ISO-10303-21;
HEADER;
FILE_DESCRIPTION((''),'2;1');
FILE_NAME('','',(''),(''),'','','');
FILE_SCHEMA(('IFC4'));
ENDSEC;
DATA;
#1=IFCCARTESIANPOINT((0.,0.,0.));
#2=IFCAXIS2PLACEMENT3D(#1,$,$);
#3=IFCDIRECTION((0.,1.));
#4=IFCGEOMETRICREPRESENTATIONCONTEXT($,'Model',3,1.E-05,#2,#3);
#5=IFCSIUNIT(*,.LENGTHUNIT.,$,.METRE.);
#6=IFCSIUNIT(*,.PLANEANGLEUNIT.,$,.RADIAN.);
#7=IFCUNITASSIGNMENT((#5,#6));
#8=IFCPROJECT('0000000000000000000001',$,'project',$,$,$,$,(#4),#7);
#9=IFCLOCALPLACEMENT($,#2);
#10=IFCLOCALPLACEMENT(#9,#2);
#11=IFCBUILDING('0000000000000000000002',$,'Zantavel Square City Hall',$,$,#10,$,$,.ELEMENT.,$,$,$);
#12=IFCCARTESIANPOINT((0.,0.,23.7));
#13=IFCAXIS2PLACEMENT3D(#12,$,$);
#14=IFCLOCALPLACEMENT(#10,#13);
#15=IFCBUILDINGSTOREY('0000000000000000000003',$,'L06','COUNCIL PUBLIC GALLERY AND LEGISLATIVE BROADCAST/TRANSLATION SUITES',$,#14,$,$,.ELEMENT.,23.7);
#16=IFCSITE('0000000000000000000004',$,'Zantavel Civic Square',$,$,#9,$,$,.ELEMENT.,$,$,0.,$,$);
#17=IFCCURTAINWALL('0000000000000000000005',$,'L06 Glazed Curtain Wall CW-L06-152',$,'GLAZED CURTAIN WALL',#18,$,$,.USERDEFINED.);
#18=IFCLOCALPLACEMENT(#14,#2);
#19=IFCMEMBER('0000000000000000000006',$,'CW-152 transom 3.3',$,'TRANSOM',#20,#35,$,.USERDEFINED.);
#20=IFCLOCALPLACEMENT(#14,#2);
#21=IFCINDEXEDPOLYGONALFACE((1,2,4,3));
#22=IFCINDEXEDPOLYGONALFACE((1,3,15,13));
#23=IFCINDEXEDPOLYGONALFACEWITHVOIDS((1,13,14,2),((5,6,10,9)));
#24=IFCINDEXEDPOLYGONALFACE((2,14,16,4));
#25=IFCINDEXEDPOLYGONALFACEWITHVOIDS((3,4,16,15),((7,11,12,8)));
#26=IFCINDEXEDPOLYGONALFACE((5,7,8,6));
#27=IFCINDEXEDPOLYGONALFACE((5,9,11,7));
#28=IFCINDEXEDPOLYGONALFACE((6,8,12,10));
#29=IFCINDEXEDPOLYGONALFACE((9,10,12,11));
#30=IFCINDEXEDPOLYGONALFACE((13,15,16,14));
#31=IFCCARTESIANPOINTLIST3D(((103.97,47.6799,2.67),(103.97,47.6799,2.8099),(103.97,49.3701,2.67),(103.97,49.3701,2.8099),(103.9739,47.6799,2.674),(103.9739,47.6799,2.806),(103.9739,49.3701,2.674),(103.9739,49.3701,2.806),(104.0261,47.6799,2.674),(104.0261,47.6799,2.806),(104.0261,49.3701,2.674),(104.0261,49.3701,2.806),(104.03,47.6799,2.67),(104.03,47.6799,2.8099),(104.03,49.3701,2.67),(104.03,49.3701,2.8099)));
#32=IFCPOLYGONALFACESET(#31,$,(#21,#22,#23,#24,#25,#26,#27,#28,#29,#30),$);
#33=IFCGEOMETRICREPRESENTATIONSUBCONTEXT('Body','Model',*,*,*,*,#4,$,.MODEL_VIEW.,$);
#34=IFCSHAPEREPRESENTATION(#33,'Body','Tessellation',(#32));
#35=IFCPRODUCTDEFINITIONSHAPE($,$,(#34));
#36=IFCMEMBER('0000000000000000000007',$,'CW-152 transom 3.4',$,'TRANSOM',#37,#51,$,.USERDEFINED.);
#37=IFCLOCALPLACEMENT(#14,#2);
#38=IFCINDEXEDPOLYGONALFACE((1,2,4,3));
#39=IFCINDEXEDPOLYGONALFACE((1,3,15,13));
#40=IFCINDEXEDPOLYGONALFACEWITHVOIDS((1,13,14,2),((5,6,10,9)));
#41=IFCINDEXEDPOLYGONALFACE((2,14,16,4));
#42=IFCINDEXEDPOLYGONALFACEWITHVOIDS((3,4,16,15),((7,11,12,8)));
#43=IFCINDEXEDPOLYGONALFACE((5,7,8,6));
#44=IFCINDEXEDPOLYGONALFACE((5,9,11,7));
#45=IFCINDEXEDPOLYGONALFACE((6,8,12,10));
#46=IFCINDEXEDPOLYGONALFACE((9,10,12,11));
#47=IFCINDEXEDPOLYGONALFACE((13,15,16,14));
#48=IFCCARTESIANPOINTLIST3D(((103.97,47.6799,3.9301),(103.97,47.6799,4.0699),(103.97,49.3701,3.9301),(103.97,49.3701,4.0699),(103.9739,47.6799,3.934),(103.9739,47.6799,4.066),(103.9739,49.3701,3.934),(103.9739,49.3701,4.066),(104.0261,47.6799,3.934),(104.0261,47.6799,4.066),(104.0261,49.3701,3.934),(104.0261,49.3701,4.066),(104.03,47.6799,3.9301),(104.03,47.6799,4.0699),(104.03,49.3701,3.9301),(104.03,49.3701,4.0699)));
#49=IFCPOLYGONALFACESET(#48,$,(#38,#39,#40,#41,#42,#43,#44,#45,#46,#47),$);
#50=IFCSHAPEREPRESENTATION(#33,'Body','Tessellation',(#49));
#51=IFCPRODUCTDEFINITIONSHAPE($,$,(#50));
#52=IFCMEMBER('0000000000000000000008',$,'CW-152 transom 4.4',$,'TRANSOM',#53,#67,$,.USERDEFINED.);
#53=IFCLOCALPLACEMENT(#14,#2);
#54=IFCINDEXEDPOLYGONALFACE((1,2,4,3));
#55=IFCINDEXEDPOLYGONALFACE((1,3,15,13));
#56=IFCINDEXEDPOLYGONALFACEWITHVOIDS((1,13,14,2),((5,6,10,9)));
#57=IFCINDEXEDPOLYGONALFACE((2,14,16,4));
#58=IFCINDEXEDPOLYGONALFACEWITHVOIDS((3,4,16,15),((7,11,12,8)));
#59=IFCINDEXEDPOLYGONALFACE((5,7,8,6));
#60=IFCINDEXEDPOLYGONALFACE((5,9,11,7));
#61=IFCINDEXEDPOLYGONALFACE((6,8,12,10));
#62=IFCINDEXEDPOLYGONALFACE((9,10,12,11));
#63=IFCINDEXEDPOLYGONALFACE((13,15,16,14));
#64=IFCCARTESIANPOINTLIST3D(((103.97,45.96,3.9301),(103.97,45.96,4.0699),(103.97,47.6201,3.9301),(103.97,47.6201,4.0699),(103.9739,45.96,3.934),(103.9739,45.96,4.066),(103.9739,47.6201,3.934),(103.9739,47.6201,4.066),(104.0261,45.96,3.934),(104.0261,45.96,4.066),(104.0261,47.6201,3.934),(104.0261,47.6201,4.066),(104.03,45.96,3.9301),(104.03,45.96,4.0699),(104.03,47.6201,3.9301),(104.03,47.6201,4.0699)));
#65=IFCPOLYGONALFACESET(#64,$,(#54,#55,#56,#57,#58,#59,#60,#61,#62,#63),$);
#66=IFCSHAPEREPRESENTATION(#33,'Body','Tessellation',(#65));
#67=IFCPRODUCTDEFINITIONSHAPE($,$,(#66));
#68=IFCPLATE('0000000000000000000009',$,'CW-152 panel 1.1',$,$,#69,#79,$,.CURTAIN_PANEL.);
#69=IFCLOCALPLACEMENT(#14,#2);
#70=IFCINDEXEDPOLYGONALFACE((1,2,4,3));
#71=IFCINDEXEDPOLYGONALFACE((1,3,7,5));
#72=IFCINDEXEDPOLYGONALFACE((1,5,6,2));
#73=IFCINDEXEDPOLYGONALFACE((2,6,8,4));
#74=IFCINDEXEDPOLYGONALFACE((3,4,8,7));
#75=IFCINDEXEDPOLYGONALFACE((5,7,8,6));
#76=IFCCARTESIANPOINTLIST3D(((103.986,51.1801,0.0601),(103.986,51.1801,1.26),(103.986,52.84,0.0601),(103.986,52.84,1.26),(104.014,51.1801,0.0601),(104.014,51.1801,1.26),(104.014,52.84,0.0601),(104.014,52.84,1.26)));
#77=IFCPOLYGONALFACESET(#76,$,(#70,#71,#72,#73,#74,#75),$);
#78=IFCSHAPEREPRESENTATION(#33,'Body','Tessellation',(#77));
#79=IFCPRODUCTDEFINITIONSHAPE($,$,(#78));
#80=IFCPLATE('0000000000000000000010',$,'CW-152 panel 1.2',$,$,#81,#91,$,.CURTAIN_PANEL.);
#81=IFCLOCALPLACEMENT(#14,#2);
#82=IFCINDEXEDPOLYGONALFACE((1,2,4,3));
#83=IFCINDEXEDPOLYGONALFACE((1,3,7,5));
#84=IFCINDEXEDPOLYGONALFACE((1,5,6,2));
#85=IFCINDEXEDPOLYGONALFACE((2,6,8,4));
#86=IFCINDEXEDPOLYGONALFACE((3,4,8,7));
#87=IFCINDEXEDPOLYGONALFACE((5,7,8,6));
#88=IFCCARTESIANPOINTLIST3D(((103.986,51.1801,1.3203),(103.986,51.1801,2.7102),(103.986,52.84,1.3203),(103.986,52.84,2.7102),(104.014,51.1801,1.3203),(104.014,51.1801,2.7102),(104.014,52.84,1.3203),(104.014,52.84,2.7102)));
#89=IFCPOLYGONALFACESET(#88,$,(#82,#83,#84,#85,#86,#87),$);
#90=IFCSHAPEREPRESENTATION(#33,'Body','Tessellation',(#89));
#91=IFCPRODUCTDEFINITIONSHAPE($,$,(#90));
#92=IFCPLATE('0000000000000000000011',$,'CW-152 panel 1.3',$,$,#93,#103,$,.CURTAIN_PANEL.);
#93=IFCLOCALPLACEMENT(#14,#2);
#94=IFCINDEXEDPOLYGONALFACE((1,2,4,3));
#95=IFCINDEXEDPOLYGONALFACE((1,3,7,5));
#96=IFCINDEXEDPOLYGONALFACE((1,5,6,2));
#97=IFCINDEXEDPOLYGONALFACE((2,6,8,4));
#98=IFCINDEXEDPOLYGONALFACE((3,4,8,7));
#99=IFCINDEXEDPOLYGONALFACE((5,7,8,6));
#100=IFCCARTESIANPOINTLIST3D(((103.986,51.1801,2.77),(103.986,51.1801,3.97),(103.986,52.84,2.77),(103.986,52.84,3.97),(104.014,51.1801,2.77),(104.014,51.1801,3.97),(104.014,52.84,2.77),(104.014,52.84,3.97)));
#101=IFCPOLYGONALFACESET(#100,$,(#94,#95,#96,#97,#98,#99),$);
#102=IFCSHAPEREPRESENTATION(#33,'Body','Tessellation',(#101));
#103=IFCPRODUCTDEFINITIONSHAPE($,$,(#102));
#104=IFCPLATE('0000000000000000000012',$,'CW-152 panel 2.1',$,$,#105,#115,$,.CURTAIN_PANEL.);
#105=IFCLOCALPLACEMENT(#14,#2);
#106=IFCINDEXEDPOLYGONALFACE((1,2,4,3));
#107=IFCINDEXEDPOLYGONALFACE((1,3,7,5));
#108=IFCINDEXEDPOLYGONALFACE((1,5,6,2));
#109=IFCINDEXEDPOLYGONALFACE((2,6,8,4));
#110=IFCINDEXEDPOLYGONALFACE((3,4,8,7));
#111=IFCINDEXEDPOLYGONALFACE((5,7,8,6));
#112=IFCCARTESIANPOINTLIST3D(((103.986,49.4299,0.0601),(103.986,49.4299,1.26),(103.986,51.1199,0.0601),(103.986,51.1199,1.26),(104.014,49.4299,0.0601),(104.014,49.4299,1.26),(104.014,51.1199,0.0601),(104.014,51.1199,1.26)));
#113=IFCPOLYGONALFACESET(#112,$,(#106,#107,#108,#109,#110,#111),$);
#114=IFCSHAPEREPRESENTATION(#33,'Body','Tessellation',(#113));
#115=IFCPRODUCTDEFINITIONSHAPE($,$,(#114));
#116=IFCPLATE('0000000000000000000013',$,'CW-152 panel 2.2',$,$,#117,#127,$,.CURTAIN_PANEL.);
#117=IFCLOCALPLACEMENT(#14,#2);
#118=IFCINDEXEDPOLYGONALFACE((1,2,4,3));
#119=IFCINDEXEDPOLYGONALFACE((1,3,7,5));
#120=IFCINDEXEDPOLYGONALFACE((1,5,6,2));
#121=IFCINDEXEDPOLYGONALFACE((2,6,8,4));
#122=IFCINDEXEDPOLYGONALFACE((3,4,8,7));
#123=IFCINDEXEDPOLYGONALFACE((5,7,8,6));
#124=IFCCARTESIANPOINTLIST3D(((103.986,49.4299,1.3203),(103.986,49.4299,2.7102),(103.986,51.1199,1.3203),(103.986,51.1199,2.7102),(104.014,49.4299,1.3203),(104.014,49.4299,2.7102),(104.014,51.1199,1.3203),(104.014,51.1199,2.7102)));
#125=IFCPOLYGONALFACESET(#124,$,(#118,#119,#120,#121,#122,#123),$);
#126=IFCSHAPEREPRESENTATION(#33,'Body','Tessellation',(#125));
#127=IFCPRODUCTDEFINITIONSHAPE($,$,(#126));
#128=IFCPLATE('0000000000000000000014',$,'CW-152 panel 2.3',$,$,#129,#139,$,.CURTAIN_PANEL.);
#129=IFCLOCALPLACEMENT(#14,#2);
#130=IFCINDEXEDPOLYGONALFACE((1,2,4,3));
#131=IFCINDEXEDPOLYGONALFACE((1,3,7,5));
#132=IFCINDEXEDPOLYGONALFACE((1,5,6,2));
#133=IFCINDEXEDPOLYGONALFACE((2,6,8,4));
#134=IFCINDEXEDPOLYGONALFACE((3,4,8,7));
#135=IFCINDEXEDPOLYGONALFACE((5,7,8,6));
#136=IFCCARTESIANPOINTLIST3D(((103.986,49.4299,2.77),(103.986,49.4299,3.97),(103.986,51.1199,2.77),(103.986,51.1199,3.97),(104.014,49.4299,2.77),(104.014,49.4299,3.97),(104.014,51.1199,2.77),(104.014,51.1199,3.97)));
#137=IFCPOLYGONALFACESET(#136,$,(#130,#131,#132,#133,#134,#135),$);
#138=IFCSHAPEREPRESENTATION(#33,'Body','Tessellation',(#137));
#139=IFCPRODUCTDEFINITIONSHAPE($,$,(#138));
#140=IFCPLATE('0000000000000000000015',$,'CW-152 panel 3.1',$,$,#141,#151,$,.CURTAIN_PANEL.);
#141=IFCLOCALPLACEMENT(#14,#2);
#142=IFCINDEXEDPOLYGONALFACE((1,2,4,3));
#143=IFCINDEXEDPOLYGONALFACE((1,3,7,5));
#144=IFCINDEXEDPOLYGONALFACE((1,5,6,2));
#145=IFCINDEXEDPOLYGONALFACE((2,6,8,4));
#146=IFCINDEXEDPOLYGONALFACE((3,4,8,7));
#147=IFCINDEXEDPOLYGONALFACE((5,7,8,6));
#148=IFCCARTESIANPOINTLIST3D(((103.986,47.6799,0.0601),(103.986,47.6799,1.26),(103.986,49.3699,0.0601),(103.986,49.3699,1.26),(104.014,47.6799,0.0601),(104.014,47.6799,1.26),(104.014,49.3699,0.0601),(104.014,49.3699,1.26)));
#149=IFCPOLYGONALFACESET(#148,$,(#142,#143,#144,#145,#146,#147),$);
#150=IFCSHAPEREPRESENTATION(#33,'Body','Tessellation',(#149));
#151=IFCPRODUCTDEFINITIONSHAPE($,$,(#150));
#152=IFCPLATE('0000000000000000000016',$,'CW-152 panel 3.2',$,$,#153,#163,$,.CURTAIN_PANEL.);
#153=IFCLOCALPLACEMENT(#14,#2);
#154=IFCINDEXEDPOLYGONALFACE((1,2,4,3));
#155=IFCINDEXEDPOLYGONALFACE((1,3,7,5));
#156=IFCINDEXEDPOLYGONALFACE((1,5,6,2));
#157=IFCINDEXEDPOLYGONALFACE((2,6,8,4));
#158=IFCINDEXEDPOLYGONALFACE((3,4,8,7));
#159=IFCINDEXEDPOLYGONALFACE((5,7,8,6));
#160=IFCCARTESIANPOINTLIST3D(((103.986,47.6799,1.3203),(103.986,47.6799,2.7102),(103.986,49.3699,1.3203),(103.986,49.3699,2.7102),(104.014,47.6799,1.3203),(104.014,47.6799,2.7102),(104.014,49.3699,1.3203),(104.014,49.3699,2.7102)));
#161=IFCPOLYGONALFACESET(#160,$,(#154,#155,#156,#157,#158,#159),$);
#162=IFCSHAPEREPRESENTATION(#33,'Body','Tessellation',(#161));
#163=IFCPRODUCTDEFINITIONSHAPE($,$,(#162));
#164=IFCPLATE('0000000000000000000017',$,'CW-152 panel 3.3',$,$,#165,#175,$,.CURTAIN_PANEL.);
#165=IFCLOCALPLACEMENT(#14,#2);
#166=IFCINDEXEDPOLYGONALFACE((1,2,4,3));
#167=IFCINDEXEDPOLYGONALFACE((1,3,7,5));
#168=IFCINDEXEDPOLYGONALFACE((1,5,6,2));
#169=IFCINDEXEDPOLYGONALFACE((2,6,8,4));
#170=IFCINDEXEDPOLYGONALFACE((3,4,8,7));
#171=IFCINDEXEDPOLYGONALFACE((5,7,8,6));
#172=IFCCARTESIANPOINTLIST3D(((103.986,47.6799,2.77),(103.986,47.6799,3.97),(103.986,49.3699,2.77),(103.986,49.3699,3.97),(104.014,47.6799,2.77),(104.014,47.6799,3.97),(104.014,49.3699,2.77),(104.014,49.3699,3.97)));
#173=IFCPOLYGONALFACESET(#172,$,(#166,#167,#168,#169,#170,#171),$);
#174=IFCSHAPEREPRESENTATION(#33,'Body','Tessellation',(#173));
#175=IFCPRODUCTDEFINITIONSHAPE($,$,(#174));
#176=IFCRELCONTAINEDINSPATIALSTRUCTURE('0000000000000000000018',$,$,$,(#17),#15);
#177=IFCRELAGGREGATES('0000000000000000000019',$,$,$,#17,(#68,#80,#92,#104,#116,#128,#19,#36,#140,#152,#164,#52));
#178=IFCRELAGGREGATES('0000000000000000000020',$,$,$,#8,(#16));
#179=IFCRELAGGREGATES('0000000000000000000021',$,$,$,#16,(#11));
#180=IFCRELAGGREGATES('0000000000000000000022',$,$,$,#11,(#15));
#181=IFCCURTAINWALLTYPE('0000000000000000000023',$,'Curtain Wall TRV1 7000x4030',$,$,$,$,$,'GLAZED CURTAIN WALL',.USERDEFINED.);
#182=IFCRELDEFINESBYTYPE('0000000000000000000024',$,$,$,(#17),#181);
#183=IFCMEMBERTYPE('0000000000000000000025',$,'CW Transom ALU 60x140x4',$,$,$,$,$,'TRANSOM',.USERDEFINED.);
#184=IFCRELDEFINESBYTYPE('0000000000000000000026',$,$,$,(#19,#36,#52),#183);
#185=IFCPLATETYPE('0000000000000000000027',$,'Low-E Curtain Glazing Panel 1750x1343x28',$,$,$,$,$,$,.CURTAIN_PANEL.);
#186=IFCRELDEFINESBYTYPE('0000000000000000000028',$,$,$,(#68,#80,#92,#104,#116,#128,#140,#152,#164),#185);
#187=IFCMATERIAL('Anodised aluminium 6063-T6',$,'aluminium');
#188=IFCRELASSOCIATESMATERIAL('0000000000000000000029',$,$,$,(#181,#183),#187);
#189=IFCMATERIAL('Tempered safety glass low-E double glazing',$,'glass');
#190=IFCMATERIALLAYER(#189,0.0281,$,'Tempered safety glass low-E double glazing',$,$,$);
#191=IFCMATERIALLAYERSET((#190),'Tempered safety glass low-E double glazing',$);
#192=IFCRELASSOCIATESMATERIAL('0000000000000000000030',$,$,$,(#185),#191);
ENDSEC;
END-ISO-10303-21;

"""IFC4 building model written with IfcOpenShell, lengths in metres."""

from ifc_helpers import new_model, si_unit, direction, frame, origin, origin_2d, place, context, subcontext, project, spatial, rectangle, hollow_rectangle, extrude, material, layer, layer_set, material_profile, profile_set, type_object, element, aggregate, save


model = new_model("IFC4")

# Units and contexts
model_context = context("Model", 3, precision=1e-05, world=origin(), true_north=direction((0.0, 1.0)))
body_context = subcontext(model_context, "Body", "Model", "MODEL_VIEW")
ifc_project = project(units=[si_unit("LENGTHUNIT", "METRE"), si_unit("PLANEANGLEUNIT", "RADIAN")], contexts=[model_context])

# Site, building, storey
site_placement = place(None, origin())
site = spatial("IfcSite", under=ifc_project, at=site_placement, Name="Zantavel Civic Square", CompositionType="ELEMENT", RefElevation=0.0)
building_placement = place(site_placement, origin())
building = spatial("IfcBuilding", under=site, at=building_placement, Name="Zantavel Square City Hall", CompositionType="ELEMENT")
storey_placement = place(building_placement, frame((0.0, 0.0, 23.7)))
storey = spatial("IfcBuildingStorey", under=building, at=storey_placement, Name="L06", Description="COUNCIL PUBLIC GALLERY AND LEGISLATIVE BROADCAST/TRANSLATION SUITES", CompositionType="ELEMENT", Elevation=23.7)

# Curtain wall, members, plates
ifc_material_1 = material(Name="Anodised aluminium 6063-T6", Category="aluminium")
curtain_wall_type = type_object("IfcCurtainWallType", Name="Curtain Wall TRV1 7000x4030", ElementType="GLAZED CURTAIN WALL", PredefinedType="USERDEFINED", material=ifc_material_1)
curtain_wall_placement = place(storey_placement, origin())
curtain_wall = element("IfcCurtainWall", 1, at=curtain_wall_placement, inside=storey, type_object=curtain_wall_type, Name="L06 Glazed Curtain Wall CW-L06-152", ObjectType="GLAZED CURTAIN WALL", PredefinedType="USERDEFINED")
ifc_material_profile_1 = material_profile(ifc_material_1, hollow_rectangle(XDim=0.0601, YDim=0.1399, WallThickness=0.0039, at=origin_2d()), Name="ALU 60x140x4")
ifc_profile_set_1 = profile_set([ifc_material_profile_1], Name="Anodised aluminium 6063-T6")
member_type_1 = type_object("IfcMemberType", Name="CW Transom ALU 60x140x4", ElementType="TRANSOM", PredefinedType="USERDEFINED", material=ifc_profile_set_1)
member_1_placement = place(storey_placement, frame((104.0, 49.3701, 2.74), z_axis=(0.0, -1.0, 0.0), x_axis=(1.0, 0.0, 0.0)))
member_1 = element("IfcMember", 2, at=member_1_placement, type_object=member_type_1, Name="CW-152 transom 3.3", ObjectType="TRANSOM", PredefinedType="USERDEFINED", context=body_context, shape_type="SweptSolid", body=[
    extrude(hollow_rectangle(XDim=0.0601, YDim=0.1399, WallThickness=0.0039, at=origin_2d()), origin(), (0.0, 0.0, 1.0), 1.6902),
])
member_2_placement = place(storey_placement, frame((104.0, 49.3701, 4.0), z_axis=(0.0, -1.0, 0.0), x_axis=(1.0, 0.0, 0.0)))
member_2 = element("IfcMember", 3, at=member_2_placement, type_object=member_type_1, Name="CW-152 transom 3.4", ObjectType="TRANSOM", PredefinedType="USERDEFINED", context=body_context, shape_type="SweptSolid", body=[
    extrude(hollow_rectangle(XDim=0.0601, YDim=0.1399, WallThickness=0.0039, at=origin_2d()), origin(), (0.0, 0.0, 1.0), 1.6902),
])
member_3_placement = place(storey_placement, frame((104.0, 47.6201, 4.0), z_axis=(0.0, -1.0, 0.0), x_axis=(1.0, 0.0, 0.0)))
member_3 = element("IfcMember", 4, at=member_3_placement, type_object=member_type_1, Name="CW-152 transom 4.4", ObjectType="TRANSOM", PredefinedType="USERDEFINED", context=body_context, shape_type="SweptSolid", body=[
    extrude(hollow_rectangle(XDim=0.0601, YDim=0.1399, WallThickness=0.0039, at=origin_2d()), origin(), (0.0, 0.0, 1.0), 1.6602),
])
ifc_material_2 = material(Name="Tempered safety glass low-E double glazing", Category="glass")
ifc_layer = layer(ifc_material_2, 0.0281, Name="Tempered safety glass low-E double glazing")
ifc_layer_set = layer_set([ifc_layer], Name="Tempered safety glass low-E double glazing")
plate_type = type_object("IfcPlateType", Name="Low-E Curtain Glazing Panel 1750x1343x28", PredefinedType="CURTAIN_PANEL", material=ifc_layer_set)
plate_1_placement = place(storey_placement, frame((104.0, 52.01, 0.0601), z_axis=(0.0, 0.0, 1.0), x_axis=(0.0, -1.0, 0.0)))
plate_1 = element("IfcPlate", 5, at=plate_1_placement, type_object=plate_type, Name="CW-152 panel 1.1", PredefinedType="CURTAIN_PANEL", context=body_context, shape_type="SweptSolid", body=[
    extrude(rectangle(XDim=1.6599, YDim=0.0281, at=origin_2d()), origin(), (0.0, 0.0, 1.0), 1.2),
])
plate_2_placement = place(storey_placement, frame((104.0, 52.01, 1.3203), z_axis=(0.0, 0.0, 1.0), x_axis=(0.0, -1.0, 0.0)))
plate_2 = element("IfcPlate", 6, at=plate_2_placement, type_object=plate_type, Name="CW-152 panel 1.2", PredefinedType="CURTAIN_PANEL", context=body_context, shape_type="SweptSolid", body=[
    extrude(rectangle(XDim=1.6599, YDim=0.0281, at=origin_2d()), origin(), (0.0, 0.0, 1.0), 1.3899),
])
plate_3_placement = place(storey_placement, frame((104.0, 52.01, 2.77), z_axis=(0.0, 0.0, 1.0), x_axis=(0.0, -1.0, 0.0)))
plate_3 = element("IfcPlate", 7, at=plate_3_placement, type_object=plate_type, Name="CW-152 panel 1.3", PredefinedType="CURTAIN_PANEL", context=body_context, shape_type="SweptSolid", body=[
    extrude(rectangle(XDim=1.6599, YDim=0.0281, at=origin_2d()), origin(), (0.0, 0.0, 1.0), 1.2),
])
plate_4_placement = place(storey_placement, frame((104.0, 50.2749, 0.0601), z_axis=(0.0, 0.0, 1.0), x_axis=(0.0, -1.0, 0.0)))
plate_4 = element("IfcPlate", 8, at=plate_4_placement, type_object=plate_type, Name="CW-152 panel 2.1", PredefinedType="CURTAIN_PANEL", context=body_context, shape_type="SweptSolid", body=[
    extrude(rectangle(XDim=1.6899, YDim=0.0281, at=origin_2d()), origin(), (0.0, 0.0, 1.0), 1.2),
])
plate_5_placement = place(storey_placement, frame((104.0, 50.2749, 1.3203), z_axis=(0.0, 0.0, 1.0), x_axis=(0.0, -1.0, 0.0)))
plate_5 = element("IfcPlate", 9, at=plate_5_placement, type_object=plate_type, Name="CW-152 panel 2.2", PredefinedType="CURTAIN_PANEL", context=body_context, shape_type="SweptSolid", body=[
    extrude(rectangle(XDim=1.6899, YDim=0.0281, at=origin_2d()), origin(), (0.0, 0.0, 1.0), 1.3899),
])
plate_6_placement = place(storey_placement, frame((104.0, 50.2749, 2.77), z_axis=(0.0, 0.0, 1.0), x_axis=(0.0, -1.0, 0.0)))
plate_6 = element("IfcPlate", 10, at=plate_6_placement, type_object=plate_type, Name="CW-152 panel 2.3", PredefinedType="CURTAIN_PANEL", context=body_context, shape_type="SweptSolid", body=[
    extrude(rectangle(XDim=1.6899, YDim=0.0281, at=origin_2d()), origin(), (0.0, 0.0, 1.0), 1.2),
])
plate_7_placement = place(storey_placement, frame((104.0, 48.5249, 0.0601), z_axis=(0.0, 0.0, 1.0), x_axis=(0.0, -1.0, 0.0)))
plate_7 = element("IfcPlate", 11, at=plate_7_placement, type_object=plate_type, Name="CW-152 panel 3.1", PredefinedType="CURTAIN_PANEL", context=body_context, shape_type="SweptSolid", body=[
    extrude(rectangle(XDim=1.6899, YDim=0.0281, at=origin_2d()), origin(), (0.0, 0.0, 1.0), 1.2),
])
plate_8_placement = place(storey_placement, frame((104.0, 48.5249, 1.3203), z_axis=(0.0, 0.0, 1.0), x_axis=(0.0, -1.0, 0.0)))
plate_8 = element("IfcPlate", 12, at=plate_8_placement, type_object=plate_type, Name="CW-152 panel 3.2", PredefinedType="CURTAIN_PANEL", context=body_context, shape_type="SweptSolid", body=[
    extrude(rectangle(XDim=1.6899, YDim=0.0281, at=origin_2d()), origin(), (0.0, 0.0, 1.0), 1.3899),
])
plate_9_placement = place(storey_placement, frame((104.0, 48.5249, 2.77), z_axis=(0.0, 0.0, 1.0), x_axis=(0.0, -1.0, 0.0)))
plate_9 = element("IfcPlate", 13, at=plate_9_placement, type_object=plate_type, Name="CW-152 panel 3.3", PredefinedType="CURTAIN_PANEL", context=body_context, shape_type="SweptSolid", body=[
    extrude(rectangle(XDim=1.6899, YDim=0.0281, at=origin_2d()), origin(), (0.0, 0.0, 1.0), 1.2),
])
aggregate(curtain_wall, [plate_1, plate_2, plate_3, plate_4, plate_5, plate_6, member_1, member_2, plate_7, plate_8, plate_9, member_3])

save(model, "model.ifc")
